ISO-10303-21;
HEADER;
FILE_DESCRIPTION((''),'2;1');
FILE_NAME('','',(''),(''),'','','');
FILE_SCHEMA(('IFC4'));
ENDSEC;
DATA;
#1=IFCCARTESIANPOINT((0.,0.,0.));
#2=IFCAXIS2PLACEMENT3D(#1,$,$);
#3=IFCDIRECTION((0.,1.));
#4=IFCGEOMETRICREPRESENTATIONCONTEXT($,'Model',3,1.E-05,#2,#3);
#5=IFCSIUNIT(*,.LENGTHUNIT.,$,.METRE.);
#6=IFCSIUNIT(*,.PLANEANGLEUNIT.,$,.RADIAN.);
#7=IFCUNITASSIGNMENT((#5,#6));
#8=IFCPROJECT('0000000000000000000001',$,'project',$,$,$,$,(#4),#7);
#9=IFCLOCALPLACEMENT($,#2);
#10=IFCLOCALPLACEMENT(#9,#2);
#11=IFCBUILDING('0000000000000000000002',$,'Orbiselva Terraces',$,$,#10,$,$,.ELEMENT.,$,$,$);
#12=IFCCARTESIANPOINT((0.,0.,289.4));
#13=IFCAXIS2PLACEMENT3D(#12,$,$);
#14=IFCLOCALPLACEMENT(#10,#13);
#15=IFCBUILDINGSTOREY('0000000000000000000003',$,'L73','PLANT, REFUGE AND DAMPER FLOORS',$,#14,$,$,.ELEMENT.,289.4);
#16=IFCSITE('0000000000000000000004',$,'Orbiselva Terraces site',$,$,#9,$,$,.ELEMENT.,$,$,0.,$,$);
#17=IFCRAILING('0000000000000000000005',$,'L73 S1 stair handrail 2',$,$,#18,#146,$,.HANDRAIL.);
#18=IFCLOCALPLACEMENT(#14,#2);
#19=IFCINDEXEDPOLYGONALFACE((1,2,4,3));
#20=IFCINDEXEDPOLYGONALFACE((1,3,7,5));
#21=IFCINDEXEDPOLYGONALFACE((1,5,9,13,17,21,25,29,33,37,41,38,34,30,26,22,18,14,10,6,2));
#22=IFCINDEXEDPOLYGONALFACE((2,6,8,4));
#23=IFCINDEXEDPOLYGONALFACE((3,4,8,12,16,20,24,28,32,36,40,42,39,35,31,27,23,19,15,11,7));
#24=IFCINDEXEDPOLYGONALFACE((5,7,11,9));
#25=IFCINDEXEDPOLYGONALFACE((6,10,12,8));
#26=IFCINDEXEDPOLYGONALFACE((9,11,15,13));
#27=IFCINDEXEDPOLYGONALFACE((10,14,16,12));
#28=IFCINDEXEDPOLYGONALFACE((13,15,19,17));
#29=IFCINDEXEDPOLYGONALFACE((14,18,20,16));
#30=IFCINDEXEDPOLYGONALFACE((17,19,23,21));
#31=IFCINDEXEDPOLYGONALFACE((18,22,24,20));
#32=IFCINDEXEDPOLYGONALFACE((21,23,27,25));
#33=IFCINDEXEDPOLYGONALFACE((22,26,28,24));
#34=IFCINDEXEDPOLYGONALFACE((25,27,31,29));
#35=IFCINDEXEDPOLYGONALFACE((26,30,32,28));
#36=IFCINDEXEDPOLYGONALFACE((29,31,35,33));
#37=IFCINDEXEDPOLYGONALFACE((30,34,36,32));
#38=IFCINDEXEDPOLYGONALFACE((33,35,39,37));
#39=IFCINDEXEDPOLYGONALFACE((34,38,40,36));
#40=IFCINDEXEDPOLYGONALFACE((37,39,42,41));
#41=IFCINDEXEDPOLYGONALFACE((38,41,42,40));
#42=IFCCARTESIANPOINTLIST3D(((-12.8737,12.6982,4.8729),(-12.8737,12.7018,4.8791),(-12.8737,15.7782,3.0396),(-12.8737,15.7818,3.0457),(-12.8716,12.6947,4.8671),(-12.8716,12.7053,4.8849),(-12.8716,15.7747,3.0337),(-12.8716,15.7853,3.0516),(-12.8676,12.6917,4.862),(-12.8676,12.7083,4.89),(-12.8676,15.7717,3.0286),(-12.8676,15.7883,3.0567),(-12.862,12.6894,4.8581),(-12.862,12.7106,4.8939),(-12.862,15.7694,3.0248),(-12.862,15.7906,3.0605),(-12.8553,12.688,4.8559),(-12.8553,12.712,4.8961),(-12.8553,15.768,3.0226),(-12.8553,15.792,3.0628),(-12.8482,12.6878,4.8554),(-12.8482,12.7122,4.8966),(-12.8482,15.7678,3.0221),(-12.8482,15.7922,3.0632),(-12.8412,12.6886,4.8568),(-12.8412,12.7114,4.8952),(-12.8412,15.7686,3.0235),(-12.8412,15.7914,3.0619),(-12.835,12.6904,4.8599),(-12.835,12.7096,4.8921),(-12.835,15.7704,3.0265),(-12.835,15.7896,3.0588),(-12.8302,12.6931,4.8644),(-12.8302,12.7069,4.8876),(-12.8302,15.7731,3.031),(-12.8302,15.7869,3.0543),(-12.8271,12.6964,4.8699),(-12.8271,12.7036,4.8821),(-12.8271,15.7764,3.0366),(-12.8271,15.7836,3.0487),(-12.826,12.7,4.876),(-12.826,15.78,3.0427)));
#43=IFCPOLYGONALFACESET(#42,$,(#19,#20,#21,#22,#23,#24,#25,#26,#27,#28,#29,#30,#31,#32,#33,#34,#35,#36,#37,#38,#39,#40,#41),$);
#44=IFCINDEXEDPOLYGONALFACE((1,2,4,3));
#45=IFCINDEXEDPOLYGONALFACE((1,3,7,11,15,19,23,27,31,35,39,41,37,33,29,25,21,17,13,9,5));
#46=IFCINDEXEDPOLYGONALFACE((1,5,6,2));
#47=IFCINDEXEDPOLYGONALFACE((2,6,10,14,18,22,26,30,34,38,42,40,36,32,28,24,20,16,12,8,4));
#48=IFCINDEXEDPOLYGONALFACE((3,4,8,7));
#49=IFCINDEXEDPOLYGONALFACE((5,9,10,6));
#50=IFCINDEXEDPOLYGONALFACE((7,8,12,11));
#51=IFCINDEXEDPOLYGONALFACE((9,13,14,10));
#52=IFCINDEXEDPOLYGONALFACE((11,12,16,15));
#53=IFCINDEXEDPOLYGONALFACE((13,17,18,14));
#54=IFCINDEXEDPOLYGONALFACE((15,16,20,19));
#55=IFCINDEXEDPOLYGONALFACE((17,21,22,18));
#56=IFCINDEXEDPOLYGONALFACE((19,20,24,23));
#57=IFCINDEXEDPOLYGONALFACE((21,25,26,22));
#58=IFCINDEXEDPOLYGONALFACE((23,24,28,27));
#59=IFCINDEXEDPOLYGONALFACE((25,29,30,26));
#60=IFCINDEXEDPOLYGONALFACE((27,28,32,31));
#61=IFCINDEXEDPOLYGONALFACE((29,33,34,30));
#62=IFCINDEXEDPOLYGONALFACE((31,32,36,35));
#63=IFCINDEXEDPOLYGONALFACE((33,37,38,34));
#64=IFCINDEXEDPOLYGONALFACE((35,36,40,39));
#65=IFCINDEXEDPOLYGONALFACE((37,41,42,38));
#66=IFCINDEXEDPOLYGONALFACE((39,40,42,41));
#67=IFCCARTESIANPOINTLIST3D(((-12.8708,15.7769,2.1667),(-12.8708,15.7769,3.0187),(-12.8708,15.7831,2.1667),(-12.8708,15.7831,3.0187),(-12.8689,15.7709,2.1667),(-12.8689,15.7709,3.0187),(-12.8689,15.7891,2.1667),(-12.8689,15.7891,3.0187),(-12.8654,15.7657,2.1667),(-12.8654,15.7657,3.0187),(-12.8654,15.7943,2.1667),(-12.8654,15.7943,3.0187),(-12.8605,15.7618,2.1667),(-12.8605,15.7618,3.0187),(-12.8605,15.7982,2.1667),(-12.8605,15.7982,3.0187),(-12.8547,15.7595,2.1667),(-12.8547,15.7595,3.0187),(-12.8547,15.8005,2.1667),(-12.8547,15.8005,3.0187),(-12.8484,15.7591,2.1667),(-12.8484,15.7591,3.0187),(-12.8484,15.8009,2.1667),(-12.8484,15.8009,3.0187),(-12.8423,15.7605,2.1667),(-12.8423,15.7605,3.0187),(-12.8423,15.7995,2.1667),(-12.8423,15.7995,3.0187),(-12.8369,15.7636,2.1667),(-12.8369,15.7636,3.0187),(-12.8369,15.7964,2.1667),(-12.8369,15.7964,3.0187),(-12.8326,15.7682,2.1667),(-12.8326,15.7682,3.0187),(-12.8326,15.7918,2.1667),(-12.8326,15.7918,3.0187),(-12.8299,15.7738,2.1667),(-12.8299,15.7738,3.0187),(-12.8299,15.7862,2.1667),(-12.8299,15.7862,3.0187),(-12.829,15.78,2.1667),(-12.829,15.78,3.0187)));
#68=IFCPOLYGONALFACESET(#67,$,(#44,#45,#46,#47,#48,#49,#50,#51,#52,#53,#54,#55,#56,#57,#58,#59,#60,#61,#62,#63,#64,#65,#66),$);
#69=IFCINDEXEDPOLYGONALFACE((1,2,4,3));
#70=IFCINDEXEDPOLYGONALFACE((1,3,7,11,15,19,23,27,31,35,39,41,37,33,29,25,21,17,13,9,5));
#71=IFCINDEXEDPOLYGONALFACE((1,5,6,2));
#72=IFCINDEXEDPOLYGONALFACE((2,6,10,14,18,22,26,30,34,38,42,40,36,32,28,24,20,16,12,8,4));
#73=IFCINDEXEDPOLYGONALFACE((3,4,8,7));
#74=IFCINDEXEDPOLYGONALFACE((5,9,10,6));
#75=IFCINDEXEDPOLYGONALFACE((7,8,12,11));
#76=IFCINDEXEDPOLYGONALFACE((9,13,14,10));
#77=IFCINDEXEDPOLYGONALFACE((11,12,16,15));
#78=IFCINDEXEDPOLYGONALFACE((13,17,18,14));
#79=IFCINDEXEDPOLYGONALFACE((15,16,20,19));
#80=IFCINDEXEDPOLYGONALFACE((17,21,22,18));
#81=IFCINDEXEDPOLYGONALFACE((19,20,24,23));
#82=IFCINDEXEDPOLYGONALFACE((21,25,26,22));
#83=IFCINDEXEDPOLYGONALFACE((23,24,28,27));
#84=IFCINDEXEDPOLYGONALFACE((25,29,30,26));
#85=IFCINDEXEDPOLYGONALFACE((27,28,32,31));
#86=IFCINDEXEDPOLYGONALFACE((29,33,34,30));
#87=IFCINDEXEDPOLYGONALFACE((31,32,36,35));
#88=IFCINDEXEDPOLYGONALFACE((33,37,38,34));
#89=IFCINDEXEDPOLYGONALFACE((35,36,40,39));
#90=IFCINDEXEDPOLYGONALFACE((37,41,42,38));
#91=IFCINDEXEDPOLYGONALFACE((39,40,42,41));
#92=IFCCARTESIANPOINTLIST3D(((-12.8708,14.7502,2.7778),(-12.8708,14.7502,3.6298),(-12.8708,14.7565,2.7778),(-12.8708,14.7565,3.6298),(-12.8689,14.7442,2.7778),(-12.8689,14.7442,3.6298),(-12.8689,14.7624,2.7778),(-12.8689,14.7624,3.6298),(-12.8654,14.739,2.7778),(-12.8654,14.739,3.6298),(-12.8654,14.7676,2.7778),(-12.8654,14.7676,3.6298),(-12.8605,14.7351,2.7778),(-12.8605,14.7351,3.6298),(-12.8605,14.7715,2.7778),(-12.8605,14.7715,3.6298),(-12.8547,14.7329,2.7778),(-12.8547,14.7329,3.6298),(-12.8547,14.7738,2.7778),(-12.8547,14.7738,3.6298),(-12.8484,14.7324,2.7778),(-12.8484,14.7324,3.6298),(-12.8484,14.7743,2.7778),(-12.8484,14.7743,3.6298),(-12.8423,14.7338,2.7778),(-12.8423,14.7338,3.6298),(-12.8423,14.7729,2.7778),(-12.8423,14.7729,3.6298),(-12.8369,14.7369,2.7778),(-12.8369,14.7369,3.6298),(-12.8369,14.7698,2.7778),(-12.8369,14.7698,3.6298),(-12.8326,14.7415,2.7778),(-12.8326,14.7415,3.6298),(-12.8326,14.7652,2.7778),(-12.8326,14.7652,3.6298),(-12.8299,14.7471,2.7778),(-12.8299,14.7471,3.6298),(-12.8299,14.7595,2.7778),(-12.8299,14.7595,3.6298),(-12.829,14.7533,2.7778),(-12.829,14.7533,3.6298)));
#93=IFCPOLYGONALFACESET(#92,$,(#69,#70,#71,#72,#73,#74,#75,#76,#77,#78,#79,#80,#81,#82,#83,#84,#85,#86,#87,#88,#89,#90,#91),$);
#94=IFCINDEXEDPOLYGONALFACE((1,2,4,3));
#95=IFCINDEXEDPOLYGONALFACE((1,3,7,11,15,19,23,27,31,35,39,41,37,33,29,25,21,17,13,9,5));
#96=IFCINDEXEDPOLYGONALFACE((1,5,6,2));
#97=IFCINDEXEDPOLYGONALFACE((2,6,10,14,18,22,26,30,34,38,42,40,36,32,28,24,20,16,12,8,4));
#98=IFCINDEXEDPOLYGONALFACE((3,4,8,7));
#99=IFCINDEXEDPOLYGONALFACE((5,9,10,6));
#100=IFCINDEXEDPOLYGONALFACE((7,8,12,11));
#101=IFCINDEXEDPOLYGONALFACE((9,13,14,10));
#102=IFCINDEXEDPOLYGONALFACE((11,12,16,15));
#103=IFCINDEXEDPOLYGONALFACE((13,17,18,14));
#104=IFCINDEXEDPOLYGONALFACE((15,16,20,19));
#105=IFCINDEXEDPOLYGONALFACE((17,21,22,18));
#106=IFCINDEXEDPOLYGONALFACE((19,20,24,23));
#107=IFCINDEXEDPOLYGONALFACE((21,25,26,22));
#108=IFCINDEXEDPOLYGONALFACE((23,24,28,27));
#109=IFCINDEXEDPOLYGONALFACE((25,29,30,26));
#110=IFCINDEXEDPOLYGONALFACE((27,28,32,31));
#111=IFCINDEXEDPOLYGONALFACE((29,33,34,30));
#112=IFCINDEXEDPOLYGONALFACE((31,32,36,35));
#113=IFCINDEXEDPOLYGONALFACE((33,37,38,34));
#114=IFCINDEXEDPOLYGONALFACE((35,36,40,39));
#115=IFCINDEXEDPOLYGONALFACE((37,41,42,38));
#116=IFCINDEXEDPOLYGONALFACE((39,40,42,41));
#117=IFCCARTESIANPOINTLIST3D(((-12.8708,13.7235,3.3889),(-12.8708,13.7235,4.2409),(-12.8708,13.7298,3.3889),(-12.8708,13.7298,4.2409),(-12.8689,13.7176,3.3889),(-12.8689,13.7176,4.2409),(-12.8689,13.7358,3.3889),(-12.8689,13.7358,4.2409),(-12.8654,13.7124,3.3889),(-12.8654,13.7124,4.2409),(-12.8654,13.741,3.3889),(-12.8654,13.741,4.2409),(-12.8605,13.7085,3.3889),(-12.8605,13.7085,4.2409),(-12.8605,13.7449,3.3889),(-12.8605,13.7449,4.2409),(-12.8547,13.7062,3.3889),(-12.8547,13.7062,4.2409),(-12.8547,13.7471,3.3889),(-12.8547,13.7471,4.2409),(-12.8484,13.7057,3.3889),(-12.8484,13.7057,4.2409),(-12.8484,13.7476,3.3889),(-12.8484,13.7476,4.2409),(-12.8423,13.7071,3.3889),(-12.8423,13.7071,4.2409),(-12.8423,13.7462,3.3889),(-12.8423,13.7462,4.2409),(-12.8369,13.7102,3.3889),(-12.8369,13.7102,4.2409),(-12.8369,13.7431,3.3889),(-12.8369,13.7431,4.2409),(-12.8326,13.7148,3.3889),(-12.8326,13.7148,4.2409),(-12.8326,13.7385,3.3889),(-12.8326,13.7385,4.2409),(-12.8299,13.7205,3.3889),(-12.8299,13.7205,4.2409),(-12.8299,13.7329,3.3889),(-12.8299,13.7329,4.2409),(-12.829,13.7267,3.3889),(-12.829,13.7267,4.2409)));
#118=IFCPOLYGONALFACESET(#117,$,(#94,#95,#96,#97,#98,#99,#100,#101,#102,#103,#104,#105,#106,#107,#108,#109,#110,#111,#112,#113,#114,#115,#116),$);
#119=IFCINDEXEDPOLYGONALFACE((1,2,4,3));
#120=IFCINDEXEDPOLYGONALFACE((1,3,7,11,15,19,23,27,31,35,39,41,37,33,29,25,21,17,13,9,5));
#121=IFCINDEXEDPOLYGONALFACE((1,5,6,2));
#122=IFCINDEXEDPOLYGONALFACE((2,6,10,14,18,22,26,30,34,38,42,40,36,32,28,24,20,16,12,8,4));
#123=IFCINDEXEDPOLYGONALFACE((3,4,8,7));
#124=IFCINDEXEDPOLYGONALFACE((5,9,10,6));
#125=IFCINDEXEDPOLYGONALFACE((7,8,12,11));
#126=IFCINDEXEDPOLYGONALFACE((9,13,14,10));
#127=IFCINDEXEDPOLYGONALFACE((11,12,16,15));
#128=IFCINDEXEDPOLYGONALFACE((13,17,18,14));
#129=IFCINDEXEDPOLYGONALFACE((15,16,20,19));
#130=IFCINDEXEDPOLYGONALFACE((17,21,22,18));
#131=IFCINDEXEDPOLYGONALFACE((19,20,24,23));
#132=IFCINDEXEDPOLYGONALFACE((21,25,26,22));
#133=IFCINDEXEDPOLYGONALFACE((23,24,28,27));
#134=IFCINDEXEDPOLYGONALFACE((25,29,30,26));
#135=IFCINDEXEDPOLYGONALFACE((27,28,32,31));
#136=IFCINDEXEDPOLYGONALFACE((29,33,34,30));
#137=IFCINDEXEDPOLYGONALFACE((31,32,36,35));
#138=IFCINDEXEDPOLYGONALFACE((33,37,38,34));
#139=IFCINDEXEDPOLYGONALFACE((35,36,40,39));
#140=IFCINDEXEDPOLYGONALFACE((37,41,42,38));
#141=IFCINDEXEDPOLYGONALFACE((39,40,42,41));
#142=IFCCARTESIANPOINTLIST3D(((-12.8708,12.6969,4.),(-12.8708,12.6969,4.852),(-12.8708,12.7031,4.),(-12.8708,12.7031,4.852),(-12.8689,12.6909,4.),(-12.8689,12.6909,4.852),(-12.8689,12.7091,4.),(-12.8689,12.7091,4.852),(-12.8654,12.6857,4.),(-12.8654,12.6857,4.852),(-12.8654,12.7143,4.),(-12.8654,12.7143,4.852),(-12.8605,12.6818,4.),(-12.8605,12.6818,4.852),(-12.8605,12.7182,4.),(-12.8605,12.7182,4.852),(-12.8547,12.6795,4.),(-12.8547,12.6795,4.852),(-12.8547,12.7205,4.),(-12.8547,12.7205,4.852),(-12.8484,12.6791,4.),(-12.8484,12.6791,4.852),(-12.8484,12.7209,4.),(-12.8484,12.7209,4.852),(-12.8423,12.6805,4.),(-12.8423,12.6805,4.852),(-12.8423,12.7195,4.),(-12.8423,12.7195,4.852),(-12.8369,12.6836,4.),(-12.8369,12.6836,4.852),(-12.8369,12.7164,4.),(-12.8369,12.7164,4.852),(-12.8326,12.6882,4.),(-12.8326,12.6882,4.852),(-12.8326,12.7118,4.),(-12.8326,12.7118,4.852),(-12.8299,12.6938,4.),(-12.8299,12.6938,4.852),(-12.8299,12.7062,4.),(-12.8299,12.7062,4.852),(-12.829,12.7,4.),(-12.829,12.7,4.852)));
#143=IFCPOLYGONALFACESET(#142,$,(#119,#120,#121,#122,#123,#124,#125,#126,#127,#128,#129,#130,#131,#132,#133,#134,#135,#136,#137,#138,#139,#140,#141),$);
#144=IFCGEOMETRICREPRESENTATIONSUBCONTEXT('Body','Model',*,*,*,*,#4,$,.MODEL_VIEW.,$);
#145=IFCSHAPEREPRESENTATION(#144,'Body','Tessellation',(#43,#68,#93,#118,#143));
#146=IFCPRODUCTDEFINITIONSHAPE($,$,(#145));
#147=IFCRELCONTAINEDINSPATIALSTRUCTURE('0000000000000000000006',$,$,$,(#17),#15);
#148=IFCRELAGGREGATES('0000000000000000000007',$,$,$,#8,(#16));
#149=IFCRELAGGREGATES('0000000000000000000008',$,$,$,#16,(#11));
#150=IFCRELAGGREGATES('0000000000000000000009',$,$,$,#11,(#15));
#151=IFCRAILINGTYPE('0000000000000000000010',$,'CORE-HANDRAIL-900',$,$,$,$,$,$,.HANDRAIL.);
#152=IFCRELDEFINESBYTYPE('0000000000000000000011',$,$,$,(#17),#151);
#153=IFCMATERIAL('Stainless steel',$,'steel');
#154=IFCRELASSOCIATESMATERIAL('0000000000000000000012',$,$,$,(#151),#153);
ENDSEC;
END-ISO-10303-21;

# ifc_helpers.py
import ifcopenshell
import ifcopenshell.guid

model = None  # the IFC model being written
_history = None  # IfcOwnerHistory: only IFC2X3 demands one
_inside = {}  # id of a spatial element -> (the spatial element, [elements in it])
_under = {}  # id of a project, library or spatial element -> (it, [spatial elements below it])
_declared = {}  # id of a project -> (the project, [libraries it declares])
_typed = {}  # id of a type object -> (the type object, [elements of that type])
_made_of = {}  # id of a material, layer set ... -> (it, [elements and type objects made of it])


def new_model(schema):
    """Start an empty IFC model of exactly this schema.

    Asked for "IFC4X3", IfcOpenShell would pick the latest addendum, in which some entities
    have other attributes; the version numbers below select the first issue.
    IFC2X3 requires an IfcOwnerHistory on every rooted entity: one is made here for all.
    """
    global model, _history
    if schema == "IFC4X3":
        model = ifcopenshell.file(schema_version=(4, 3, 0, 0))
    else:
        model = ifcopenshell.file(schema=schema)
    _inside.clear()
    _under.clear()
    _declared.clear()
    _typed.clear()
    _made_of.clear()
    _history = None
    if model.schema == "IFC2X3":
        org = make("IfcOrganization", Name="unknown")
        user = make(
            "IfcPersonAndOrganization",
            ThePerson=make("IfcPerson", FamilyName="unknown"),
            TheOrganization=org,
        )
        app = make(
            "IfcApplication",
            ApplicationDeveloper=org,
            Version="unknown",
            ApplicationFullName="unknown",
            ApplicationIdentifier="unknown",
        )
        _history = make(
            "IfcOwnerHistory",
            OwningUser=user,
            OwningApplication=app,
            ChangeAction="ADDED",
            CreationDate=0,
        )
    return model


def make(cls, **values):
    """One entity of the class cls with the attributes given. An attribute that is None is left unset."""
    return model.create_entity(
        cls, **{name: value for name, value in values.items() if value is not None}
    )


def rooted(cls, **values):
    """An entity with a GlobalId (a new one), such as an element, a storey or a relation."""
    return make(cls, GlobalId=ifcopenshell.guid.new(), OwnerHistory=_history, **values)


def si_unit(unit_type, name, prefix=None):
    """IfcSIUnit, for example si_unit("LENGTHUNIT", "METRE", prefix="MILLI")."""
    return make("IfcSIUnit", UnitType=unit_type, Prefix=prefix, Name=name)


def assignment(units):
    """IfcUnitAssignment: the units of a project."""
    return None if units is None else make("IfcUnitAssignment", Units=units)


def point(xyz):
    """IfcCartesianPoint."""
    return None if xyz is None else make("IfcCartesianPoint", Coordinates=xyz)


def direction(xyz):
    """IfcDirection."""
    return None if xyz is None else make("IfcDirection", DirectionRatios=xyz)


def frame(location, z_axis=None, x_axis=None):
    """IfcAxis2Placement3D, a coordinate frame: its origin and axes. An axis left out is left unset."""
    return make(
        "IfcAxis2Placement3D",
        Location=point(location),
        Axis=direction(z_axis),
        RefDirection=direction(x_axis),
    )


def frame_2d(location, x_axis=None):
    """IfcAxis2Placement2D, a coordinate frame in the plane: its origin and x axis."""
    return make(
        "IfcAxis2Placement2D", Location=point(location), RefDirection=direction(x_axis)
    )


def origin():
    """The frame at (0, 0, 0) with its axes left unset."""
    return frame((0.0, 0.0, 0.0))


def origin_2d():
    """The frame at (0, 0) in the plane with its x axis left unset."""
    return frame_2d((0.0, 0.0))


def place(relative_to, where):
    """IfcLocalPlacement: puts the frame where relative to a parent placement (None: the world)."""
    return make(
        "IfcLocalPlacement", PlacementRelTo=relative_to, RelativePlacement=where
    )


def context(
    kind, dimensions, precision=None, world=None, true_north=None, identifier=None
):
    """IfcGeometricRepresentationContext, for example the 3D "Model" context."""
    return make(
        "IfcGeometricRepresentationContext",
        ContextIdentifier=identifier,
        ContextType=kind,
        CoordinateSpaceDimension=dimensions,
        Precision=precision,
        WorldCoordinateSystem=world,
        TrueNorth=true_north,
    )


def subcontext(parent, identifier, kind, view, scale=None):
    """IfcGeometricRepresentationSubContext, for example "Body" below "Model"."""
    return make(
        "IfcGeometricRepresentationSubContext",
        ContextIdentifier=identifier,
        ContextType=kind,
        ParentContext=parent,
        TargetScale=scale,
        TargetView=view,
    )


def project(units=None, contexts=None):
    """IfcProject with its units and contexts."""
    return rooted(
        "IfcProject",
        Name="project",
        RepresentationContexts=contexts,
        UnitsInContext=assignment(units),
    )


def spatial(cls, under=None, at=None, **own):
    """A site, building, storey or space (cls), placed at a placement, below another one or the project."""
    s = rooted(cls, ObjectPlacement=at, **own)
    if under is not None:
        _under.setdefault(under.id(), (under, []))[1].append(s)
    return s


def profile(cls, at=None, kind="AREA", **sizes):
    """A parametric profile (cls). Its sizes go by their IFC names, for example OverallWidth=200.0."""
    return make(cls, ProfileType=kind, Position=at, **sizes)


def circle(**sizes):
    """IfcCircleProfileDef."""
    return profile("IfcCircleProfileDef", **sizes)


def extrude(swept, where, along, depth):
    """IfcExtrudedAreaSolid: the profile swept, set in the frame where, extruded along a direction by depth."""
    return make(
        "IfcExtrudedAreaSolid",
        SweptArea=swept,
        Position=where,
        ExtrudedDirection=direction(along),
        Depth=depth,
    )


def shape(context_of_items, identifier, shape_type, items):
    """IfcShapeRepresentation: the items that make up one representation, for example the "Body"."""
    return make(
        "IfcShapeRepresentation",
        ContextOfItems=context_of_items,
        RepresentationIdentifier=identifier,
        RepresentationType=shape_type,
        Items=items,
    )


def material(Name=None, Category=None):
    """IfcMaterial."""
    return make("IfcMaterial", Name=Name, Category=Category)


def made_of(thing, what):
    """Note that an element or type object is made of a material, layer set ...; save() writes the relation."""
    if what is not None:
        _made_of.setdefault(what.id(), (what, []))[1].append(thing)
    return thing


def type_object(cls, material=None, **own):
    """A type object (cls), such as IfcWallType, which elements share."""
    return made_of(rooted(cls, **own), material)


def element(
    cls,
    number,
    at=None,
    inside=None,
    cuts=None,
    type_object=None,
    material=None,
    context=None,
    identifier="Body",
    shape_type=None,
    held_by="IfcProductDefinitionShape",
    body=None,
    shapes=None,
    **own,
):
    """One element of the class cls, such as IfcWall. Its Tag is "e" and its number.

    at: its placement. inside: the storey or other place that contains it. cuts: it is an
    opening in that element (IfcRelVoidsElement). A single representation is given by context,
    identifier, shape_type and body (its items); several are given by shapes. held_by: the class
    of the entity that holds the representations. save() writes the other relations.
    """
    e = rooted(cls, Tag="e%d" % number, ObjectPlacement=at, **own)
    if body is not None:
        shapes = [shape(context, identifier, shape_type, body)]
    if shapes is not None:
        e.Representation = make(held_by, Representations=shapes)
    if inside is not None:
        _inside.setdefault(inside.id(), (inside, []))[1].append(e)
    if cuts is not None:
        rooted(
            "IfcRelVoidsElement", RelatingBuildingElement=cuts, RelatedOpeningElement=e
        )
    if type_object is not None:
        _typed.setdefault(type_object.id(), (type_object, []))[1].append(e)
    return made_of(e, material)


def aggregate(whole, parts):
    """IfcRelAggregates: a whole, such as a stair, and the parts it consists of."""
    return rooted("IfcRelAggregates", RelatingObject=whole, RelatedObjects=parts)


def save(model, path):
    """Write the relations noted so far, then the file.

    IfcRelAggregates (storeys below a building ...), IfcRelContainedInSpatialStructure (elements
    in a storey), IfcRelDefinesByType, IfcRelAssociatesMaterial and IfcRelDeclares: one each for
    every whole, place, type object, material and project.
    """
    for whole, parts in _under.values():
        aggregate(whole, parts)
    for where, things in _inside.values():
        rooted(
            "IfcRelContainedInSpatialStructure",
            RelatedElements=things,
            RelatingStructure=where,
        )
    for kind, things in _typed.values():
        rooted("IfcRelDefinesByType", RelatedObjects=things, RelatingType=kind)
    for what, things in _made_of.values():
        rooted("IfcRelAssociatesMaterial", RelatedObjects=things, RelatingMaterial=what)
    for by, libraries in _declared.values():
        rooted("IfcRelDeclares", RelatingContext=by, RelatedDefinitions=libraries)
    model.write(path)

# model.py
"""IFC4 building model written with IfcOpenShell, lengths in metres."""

from ifc_helpers import new_model, si_unit, direction, frame, origin, origin_2d, place, context, subcontext, project, spatial, circle, extrude, material, type_object, element, save


model = new_model("IFC4")

# Units and contexts
model_context = context("Model", 3, precision=1e-05, world=origin(), true_north=direction((0.0, 1.0)))
body_context = subcontext(model_context, "Body", "Model", "MODEL_VIEW")
ifc_project = project(units=[si_unit("LENGTHUNIT", "METRE"), si_unit("PLANEANGLEUNIT", "RADIAN")], contexts=[model_context])

# Site, building, storey
site_placement = place(None, origin())
site = spatial("IfcSite", under=ifc_project, at=site_placement, Name="Orbiselva Terraces site", CompositionType="ELEMENT", RefElevation=0.0)
building_placement = place(site_placement, origin())
building = spatial("IfcBuilding", under=site, at=building_placement, Name="Orbiselva Terraces", CompositionType="ELEMENT")
storey_placement = place(building_placement, frame((0.0, 0.0, 289.4)))
storey = spatial("IfcBuildingStorey", under=building, at=storey_placement, Name="L73", Description="PLANT, REFUGE AND DAMPER FLOORS", CompositionType="ELEMENT", Elevation=289.4)

# Railing
ifc_material_1 = material(Name="Stainless steel", Category="steel")
railing_type_1 = type_object("IfcRailingType", Name="CORE-HANDRAIL-900", PredefinedType="HANDRAIL", material=ifc_material_1)
railing_1_placement = place(storey_placement, frame((-12.85, 15.78, 2.1667)))
element("IfcRailing", 1, at=railing_1_placement, inside=storey, type_object=railing_type_1, Name="L73 S1 stair handrail 2", PredefinedType="HANDRAIL", context=body_context, shape_type="SweptSolid", body=[
    extrude(circle(Radius=0.024, at=origin_2d()), frame((0.0, 0.0, 0.876), z_axis=(0.0, -0.859293, 0.511484), x_axis=(1.0, 0.0, 0.0)), (0.0, 0.0, 1.0), 3.5843),
    extrude(circle(Radius=0.021, at=origin_2d()), origin(), (0.0, 0.0, 1.0), 0.852),
    extrude(circle(Radius=0.021, at=origin_2d()), frame((0.0, -1.0267, 0.6111)), (0.0, 0.0, 1.0), 0.852),
    extrude(circle(Radius=0.021, at=origin_2d()), frame((0.0, -2.0533, 1.2222)), (0.0, 0.0, 1.0), 0.852),
    extrude(circle(Radius=0.021, at=origin_2d()), frame((0.0, -3.08, 1.8333)), (0.0, 0.0, 1.0), 0.852),
])

save(model, "model.ifc")
